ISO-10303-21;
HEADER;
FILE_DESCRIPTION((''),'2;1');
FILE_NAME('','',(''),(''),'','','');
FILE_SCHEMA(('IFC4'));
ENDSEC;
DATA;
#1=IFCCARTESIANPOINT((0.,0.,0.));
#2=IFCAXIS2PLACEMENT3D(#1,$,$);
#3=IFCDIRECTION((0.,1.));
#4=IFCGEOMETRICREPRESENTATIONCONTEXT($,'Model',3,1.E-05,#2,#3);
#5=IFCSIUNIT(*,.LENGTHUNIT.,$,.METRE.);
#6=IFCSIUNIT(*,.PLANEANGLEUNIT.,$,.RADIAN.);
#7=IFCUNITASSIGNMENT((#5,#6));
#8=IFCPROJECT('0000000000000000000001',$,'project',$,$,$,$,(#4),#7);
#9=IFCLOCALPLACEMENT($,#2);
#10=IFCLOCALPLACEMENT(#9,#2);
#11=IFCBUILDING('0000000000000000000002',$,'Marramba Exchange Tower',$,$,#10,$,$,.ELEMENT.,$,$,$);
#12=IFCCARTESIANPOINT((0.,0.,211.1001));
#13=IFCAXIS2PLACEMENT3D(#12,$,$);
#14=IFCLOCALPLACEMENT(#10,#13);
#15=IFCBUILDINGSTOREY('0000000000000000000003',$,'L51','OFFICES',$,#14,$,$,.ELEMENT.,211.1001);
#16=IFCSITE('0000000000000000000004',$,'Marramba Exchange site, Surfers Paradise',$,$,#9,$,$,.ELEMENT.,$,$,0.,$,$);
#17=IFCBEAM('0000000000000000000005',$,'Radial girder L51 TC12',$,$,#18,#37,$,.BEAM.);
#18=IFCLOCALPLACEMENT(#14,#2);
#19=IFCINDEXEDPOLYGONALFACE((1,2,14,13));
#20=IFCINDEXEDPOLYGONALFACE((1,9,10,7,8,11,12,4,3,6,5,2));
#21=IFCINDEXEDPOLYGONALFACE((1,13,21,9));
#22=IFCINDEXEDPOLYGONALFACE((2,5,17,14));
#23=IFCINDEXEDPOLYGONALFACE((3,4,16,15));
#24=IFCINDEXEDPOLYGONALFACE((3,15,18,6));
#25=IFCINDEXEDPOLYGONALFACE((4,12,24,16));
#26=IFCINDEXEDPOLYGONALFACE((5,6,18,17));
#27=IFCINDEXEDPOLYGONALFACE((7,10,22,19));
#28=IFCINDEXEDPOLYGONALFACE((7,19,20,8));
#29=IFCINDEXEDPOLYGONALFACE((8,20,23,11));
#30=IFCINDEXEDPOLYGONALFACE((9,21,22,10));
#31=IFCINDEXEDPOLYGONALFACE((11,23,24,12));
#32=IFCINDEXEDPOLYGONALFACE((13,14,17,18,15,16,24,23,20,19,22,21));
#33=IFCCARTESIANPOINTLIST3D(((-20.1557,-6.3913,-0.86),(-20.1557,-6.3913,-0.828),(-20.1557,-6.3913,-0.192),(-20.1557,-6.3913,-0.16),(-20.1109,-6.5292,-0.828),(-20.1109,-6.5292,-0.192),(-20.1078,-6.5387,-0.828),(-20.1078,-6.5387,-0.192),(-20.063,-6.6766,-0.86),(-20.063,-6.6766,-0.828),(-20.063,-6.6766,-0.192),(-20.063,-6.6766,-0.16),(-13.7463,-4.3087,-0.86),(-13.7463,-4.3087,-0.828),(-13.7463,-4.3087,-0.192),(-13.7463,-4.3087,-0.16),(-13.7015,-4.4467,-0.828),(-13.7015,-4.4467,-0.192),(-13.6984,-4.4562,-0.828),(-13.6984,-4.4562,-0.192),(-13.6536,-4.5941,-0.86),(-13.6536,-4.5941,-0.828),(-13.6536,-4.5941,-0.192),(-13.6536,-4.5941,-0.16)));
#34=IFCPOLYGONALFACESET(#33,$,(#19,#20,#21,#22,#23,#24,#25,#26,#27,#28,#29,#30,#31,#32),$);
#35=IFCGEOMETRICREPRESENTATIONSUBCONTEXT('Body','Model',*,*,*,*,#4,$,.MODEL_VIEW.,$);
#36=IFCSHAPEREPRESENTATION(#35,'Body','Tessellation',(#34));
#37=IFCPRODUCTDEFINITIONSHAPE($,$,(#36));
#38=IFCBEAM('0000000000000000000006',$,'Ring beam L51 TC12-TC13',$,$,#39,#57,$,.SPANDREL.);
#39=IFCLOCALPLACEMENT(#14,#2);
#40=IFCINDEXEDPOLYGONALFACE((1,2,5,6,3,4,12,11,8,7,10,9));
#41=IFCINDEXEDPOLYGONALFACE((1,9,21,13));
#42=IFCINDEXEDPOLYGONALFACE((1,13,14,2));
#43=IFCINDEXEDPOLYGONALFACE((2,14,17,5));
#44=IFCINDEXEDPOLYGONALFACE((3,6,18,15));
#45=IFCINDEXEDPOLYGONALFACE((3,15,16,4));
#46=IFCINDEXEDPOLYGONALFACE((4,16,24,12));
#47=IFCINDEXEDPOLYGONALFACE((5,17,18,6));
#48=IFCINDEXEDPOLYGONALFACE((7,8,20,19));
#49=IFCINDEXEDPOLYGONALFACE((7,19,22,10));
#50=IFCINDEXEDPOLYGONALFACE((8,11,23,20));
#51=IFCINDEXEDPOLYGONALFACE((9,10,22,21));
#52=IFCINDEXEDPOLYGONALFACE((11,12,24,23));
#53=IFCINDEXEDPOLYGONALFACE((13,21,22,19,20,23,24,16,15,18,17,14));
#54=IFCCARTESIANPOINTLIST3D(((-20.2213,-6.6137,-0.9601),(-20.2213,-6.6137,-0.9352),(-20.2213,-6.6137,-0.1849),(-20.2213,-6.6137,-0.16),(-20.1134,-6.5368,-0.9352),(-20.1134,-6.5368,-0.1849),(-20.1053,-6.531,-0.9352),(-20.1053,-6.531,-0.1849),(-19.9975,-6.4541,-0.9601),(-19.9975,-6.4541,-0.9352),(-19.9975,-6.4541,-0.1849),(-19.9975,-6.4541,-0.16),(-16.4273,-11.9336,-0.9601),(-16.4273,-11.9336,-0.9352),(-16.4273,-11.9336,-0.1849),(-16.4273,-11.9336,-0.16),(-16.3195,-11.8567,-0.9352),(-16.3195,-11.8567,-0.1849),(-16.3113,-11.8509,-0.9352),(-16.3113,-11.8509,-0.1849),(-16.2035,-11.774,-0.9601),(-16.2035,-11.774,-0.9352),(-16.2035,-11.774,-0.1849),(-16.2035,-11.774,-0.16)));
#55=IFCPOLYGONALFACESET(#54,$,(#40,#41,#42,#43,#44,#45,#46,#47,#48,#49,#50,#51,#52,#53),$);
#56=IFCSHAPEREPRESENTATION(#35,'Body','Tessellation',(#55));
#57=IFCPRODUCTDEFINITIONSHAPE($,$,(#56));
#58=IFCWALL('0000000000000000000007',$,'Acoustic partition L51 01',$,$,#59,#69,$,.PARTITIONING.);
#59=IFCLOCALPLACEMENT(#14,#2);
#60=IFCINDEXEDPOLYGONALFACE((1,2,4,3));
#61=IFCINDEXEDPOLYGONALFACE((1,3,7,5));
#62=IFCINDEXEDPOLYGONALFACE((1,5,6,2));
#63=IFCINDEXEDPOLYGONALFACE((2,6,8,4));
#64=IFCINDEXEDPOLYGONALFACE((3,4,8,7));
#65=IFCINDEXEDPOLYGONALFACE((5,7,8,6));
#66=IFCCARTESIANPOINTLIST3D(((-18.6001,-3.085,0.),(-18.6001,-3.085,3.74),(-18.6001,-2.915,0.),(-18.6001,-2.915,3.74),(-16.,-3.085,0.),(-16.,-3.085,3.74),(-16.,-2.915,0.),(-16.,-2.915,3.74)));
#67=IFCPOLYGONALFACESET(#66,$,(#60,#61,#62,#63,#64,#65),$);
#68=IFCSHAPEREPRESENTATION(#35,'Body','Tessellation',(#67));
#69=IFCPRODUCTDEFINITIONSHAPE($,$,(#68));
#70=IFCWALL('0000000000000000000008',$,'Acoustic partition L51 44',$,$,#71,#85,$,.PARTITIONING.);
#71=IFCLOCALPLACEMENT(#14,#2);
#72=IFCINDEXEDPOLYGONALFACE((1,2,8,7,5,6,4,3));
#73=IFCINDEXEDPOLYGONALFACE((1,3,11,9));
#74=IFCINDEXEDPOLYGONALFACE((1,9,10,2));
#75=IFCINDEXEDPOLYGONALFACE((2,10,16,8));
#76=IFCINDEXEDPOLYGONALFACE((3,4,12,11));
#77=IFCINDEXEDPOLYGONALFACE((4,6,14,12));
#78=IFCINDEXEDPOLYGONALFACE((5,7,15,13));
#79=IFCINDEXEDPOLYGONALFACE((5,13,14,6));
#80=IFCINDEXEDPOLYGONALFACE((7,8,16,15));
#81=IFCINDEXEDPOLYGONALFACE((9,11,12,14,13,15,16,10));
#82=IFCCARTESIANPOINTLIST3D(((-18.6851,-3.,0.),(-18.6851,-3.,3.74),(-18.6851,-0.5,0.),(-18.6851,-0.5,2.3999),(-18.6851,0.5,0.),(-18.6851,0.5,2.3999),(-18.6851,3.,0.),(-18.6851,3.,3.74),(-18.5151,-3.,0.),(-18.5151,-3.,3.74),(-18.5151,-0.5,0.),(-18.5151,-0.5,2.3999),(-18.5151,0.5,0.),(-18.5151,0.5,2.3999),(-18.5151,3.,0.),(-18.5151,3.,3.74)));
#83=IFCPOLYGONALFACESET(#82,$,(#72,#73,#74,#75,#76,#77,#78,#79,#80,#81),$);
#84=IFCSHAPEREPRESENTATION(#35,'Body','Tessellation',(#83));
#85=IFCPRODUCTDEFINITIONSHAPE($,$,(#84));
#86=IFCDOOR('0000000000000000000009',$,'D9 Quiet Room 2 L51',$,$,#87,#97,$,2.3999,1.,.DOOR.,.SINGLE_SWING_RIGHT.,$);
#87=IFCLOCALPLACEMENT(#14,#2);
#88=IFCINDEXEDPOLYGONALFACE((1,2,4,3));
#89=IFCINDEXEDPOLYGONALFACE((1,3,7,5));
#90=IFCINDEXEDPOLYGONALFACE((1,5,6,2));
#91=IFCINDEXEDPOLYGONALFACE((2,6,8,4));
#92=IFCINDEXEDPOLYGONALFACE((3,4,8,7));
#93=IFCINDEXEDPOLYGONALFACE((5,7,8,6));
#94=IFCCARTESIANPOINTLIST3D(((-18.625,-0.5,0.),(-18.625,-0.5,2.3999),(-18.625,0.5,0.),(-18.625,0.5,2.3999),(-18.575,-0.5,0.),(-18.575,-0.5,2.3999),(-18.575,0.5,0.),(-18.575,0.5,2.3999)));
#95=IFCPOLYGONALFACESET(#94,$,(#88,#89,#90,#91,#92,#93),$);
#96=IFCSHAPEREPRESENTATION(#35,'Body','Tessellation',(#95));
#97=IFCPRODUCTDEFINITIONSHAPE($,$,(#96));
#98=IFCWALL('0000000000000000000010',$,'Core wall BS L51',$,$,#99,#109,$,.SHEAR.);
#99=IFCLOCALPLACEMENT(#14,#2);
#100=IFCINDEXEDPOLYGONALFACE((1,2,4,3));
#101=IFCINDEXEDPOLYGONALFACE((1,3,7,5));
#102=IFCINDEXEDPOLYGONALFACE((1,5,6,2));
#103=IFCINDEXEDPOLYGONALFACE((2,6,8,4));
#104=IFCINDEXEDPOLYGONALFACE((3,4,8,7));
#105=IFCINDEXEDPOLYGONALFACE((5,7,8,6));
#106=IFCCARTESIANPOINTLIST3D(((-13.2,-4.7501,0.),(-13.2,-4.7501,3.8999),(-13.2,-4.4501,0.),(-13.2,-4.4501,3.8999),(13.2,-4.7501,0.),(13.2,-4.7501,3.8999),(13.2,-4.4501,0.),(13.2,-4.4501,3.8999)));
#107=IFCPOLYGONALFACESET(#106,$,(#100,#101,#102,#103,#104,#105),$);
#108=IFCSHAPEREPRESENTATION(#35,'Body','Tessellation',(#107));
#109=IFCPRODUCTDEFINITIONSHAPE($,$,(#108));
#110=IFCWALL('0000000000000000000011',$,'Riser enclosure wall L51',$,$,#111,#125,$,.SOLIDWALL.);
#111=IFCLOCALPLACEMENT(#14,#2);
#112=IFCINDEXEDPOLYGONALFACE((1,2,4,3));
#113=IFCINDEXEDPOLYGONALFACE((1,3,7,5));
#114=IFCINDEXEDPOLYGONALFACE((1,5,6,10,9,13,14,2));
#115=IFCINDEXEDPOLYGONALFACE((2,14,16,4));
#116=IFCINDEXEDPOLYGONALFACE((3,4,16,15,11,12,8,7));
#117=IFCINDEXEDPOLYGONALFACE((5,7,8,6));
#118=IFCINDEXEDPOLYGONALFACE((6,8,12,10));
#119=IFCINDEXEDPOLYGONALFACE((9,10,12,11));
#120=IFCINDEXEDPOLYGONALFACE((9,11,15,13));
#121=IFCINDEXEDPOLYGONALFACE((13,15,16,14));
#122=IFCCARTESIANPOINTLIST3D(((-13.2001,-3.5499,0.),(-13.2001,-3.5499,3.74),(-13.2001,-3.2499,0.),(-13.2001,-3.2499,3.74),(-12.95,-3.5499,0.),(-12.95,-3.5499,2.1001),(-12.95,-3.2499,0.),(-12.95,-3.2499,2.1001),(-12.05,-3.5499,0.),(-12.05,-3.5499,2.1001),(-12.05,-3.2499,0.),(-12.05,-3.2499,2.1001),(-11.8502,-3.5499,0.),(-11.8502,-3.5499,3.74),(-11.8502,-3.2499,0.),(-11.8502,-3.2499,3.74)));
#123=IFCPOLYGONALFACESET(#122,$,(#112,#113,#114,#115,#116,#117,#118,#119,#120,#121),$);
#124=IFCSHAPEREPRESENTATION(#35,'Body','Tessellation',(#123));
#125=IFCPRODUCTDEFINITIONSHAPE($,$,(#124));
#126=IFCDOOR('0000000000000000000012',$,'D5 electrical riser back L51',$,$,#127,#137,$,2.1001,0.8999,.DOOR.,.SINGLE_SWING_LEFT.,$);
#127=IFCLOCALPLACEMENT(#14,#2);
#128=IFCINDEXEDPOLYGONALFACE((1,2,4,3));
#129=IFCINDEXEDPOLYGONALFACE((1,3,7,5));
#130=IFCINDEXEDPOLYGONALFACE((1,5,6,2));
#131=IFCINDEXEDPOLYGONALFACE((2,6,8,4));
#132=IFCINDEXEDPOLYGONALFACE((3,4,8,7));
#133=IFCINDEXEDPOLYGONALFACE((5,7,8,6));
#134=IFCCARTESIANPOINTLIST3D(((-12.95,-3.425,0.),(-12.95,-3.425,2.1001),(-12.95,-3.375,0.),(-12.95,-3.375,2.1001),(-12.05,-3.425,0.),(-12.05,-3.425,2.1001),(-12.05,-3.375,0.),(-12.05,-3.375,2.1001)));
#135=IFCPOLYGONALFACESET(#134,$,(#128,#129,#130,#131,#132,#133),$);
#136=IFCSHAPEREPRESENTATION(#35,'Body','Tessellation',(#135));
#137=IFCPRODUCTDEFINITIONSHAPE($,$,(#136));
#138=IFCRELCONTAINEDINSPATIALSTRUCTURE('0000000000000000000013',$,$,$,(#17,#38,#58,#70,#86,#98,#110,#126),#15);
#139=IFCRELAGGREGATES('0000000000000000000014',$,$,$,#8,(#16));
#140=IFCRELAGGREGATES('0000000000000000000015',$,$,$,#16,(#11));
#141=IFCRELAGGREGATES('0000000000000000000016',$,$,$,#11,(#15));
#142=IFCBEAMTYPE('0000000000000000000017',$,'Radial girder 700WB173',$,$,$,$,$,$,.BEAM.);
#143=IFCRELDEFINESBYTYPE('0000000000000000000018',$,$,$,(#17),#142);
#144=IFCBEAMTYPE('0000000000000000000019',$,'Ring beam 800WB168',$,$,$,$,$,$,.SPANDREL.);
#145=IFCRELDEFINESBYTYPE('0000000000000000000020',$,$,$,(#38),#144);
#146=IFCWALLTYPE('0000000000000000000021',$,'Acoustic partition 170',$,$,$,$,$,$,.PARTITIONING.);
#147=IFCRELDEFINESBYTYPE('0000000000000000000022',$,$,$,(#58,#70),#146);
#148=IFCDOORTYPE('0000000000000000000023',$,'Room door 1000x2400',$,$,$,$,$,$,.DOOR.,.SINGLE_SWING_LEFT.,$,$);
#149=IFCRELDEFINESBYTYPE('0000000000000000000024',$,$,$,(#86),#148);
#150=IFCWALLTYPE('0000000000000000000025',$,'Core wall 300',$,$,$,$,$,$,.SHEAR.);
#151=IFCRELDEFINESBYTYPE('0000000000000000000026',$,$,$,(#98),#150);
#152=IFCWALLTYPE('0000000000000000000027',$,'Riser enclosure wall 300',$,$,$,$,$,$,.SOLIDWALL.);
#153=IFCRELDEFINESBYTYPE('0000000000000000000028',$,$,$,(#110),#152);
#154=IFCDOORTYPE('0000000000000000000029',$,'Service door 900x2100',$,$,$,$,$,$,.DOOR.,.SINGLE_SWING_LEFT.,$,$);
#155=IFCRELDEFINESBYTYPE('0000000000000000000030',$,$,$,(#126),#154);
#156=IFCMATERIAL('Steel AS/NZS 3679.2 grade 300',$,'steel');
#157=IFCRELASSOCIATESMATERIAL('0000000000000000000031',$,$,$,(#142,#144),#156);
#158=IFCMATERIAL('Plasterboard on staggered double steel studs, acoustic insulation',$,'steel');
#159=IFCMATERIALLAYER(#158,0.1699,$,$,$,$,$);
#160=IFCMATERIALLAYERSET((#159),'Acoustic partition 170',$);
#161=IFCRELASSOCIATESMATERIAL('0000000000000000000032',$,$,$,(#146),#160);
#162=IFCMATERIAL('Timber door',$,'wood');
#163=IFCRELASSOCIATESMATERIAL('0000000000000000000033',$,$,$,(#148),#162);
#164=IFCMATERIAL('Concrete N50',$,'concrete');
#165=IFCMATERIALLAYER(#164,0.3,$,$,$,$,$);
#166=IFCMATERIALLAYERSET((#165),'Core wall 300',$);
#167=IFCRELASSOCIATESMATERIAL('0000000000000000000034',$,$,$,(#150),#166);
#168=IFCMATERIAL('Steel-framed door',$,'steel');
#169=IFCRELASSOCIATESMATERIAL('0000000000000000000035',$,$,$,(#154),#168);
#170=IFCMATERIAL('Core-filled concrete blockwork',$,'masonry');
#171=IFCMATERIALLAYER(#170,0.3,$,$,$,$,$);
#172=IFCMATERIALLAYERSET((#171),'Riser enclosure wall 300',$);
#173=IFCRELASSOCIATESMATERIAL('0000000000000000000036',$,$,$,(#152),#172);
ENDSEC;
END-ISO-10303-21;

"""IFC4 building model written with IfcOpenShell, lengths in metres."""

from ifc_helpers import new_model, si_unit, direction, frame, frame_2d, origin, origin_2d, place, context, subcontext, project, spatial, rectangle, i_section, extrude, material, layer, layer_set, material_profile, profile_set, type_object, element, fill, save


model = new_model("IFC4")

# Units and contexts
model_context = context("Model", 3, precision=1e-05, world=origin(), true_north=direction((0.0, 1.0)))
body_context = subcontext(model_context, "Body", "Model", "MODEL_VIEW")
ifc_project = project(units=[si_unit("LENGTHUNIT", "METRE"), si_unit("PLANEANGLEUNIT", "RADIAN")], contexts=[model_context])

# Site, building, storey
site_placement = place(None, origin())
site = spatial("IfcSite", under=ifc_project, at=site_placement, Name="Marramba Exchange site, Surfers Paradise", CompositionType="ELEMENT", RefElevation=0.0)
building_placement = place(site_placement, origin())
building = spatial("IfcBuilding", under=site, at=building_placement, Name="Marramba Exchange Tower", CompositionType="ELEMENT")
storey_placement = place(building_placement, frame((0.0, 0.0, 211.1001)))
storey = spatial("IfcBuildingStorey", under=building, at=storey_placement, Name="L51", Description="OFFICES", CompositionType="ELEMENT", Elevation=211.1001)

# Shared definitions
ifc_material_1 = material(Name="Concrete N50", Category="concrete")

# Beams
ifc_material_2 = material(Name="Steel AS/NZS 3679.2 grade 300", Category="steel")
ifc_material_profile_1 = material_profile(ifc_material_2, i_section(OverallWidth=0.3, OverallDepth=0.7, WebThickness=0.01, FlangeThickness=0.032, at=origin_2d()), Name="700WB173")
ifc_profile_set_1 = profile_set([ifc_material_profile_1], Name="Steel AS/NZS 3679.2 grade 300")
beam_type_1 = type_object("IfcBeamType", Name="Radial girder 700WB173", PredefinedType="BEAM", material=ifc_profile_set_1)
beam_1_placement = place(storey_placement, frame((-13.7, -4.4514, -0.51), z_axis=(-0.951058, -0.309013, 0.0), x_axis=(0.309013, -0.951058, 0.0)))
element("IfcBeam", 1, at=beam_1_placement, inside=storey, type_object=beam_type_1, Name="Radial girder L51 TC12", PredefinedType="BEAM", context=body_context, shape_type="SweptSolid", body=[
    extrude(i_section(OverallWidth=0.3, OverallDepth=0.7, WebThickness=0.01, FlangeThickness=0.032, at=origin_2d()), origin(), (0.0, 0.0, 1.0), 6.7393),
])
ifc_material_profile_2 = material_profile(ifc_material_2, i_section(OverallWidth=0.2749, OverallDepth=0.8, WebThickness=0.01, FlangeThickness=0.0249, at=origin_2d()), Name="800WB168")
ifc_profile_set_2 = profile_set([ifc_material_profile_2], Name="Steel AS/NZS 3679.2 grade 300")
beam_type_2 = type_object("IfcBeamType", Name="Ring beam 800WB168", PredefinedType="SPANDREL", material=ifc_profile_set_2)
beam_2_placement = place(storey_placement, frame((-20.1094, -6.5339, -0.5601), z_axis=(0.580637, -0.814162, 0.0), x_axis=(0.814162, 0.580637, 0.0)))
element("IfcBeam", 2, at=beam_2_placement, inside=storey, type_object=beam_type_2, Name="Ring beam L51 TC12-TC13", PredefinedType="SPANDREL", context=body_context, shape_type="SweptSolid", body=[
    extrude(i_section(OverallWidth=0.2749, OverallDepth=0.8, WebThickness=0.01, FlangeThickness=0.0249, at=origin_2d()), origin(), (0.0, 0.0, 1.0), 6.5342),
])

# Wall
ifc_material_3 = material(Name="Plasterboard on staggered double steel studs, acoustic insulation", Category="steel")
ifc_layer_1 = layer(ifc_material_3, 0.1699)
ifc_layer_set_1 = layer_set([ifc_layer_1], Name="Acoustic partition 170")
wall_type_1 = type_object("IfcWallType", Name="Acoustic partition 170", PredefinedType="PARTITIONING", material=ifc_layer_set_1)
wall_1_placement = place(storey_placement, frame((-16.0, -3.0, 0.0), z_axis=(0.0, 0.0, 1.0), x_axis=(-1.0, 0.0, 0.0)))
element("IfcWall", 3, at=wall_1_placement, inside=storey, type_object=wall_type_1, Name="Acoustic partition L51 01", PredefinedType="PARTITIONING", context=body_context, shape_type="SweptSolid", body=[
    extrude(rectangle(XDim=2.6001, YDim=0.1699, at=frame_2d((1.3, 0.0))), origin(), (0.0, 0.0, 1.0), 3.74),
])

# Wall, opening, door
wall_2_placement = place(storey_placement, frame((-18.6001, -3.0, 0.0), z_axis=(0.0, 0.0, 1.0), x_axis=(0.0, 1.0, 0.0)))
wall_2 = element("IfcWall", 4, at=wall_2_placement, inside=storey, type_object=wall_type_1, Name="Acoustic partition L51 44", PredefinedType="PARTITIONING", context=body_context, shape_type="SweptSolid", body=[
    extrude(rectangle(XDim=6.0, YDim=0.1699, at=frame_2d((3.0, 0.0))), origin(), (0.0, 0.0, 1.0), 3.74),
])
opening_1_placement = place(wall_2_placement, frame((2.5, 0.0, 0.0)))
opening_1 = element("IfcOpeningElement", 5, at=opening_1_placement, cuts=wall_2, PredefinedType="OPENING", context=body_context, shape_type="SweptSolid", body=[
    extrude(rectangle(XDim=1.0, YDim=2.3999, at=frame_2d((0.5, 1.2))), frame((0.0, 0.095, 0.0), z_axis=(0.0, -1.0, 0.0), x_axis=(1.0, 0.0, 0.0)), (0.0, 0.0, 1.0), 0.1899),
])
ifc_material_4 = material(Name="Timber door", Category="wood")
door_type_1 = type_object("IfcDoorType", Name="Room door 1000x2400", OperationType="SINGLE_SWING_LEFT", PredefinedType="DOOR", material=ifc_material_4)
door_1_placement = place(opening_1_placement, frame((1.0, 0.0, 0.0), z_axis=(0.0, 0.0, 1.0), x_axis=(-1.0, 0.0, 0.0)))
door_1 = element("IfcDoor", 6, at=door_1_placement, inside=storey, type_object=door_type_1, Name="D9 Quiet Room 2 L51", OperationType="SINGLE_SWING_RIGHT", OverallHeight=2.3999, OverallWidth=1.0, PredefinedType="DOOR", context=body_context, shape_type="SweptSolid", body=[
    extrude(rectangle(XDim=1.0, YDim=2.3999, at=frame_2d((0.5, 1.2))), frame((0.0, 0.0251, 0.0), z_axis=(0.0, -1.0, 0.0), x_axis=(1.0, 0.0, 0.0)), (0.0, 0.0, 1.0), 0.05),
])
fill(opening_1, door_1)

# Shared definitions
ifc_layer_2 = layer(ifc_material_1, 0.3)
ifc_layer_set_2 = layer_set([ifc_layer_2], Name="Core wall 300")
wall_type_2 = type_object("IfcWallType", Name="Core wall 300", PredefinedType="SHEAR", material=ifc_layer_set_2)
ifc_material_5 = material(Name="Steel-framed door", Category="steel")
door_type_2 = type_object("IfcDoorType", Name="Service door 900x2100", OperationType="SINGLE_SWING_LEFT", PredefinedType="DOOR", material=ifc_material_5)

# Wall
wall_3_placement = place(storey_placement, frame((-13.2, -4.6001, 0.0), z_axis=(0.0, 0.0, 1.0), x_axis=(1.0, 0.0, 0.0)))
element("IfcWall", 7, at=wall_3_placement, inside=storey, type_object=wall_type_2, Name="Core wall BS L51", PredefinedType="SHEAR", context=body_context, shape_type="SweptSolid", body=[
    extrude(rectangle(XDim=26.3999, YDim=0.3, at=frame_2d((13.2, 0.0))), origin(), (0.0, 0.0, 1.0), 3.8999),
])

# Wall, opening, door
ifc_material_6 = material(Name="Core-filled concrete blockwork", Category="masonry")
ifc_layer_3 = layer(ifc_material_6, 0.3)
ifc_layer_set_3 = layer_set([ifc_layer_3], Name="Riser enclosure wall 300")
wall_type_3 = type_object("IfcWallType", Name="Riser enclosure wall 300", PredefinedType="SOLIDWALL", material=ifc_layer_set_3)
wall_4_placement = place(storey_placement, frame((-13.2, -3.3999, 0.0), z_axis=(0.0, 0.0, 1.0), x_axis=(1.0, 0.0, 0.0)))
wall_4 = element("IfcWall", 8, at=wall_4_placement, inside=storey, type_object=wall_type_3, Name="Riser enclosure wall L51", PredefinedType="SOLIDWALL", context=body_context, shape_type="SweptSolid", body=[
    extrude(rectangle(XDim=1.3499, YDim=0.3, at=frame_2d((0.6748, 0.0))), origin(), (0.0, 0.0, 1.0), 3.74),
])
opening_2_placement = place(wall_4_placement, frame((0.25, 0.0, 0.0)))
opening_2 = element("IfcOpeningElement", 9, at=opening_2_placement, cuts=wall_4, PredefinedType="OPENING", context=body_context, shape_type="SweptSolid", body=[
    extrude(rectangle(XDim=0.8999, YDim=2.1001, at=frame_2d((0.45, 1.05))), frame((0.0, 0.1599, 0.0), z_axis=(0.0, -1.0, 0.0), x_axis=(1.0, 0.0, 0.0)), (0.0, 0.0, 1.0), 0.3201),
])
door_2_placement = place(opening_2_placement, frame((0.8999, 0.0, 0.0), z_axis=(0.0, 0.0, 1.0), x_axis=(-1.0, 0.0, 0.0)))
door_2 = element("IfcDoor", 10, at=door_2_placement, inside=storey, type_object=door_type_2, Name="D5 electrical riser back L51", OperationType="SINGLE_SWING_LEFT", OverallHeight=2.1001, OverallWidth=0.8999, PredefinedType="DOOR", context=body_context, shape_type="SweptSolid", body=[
    extrude(rectangle(XDim=0.8999, YDim=2.1001, at=frame_2d((0.45, 1.05))), frame((0.0, 0.0251, 0.0), z_axis=(0.0, -1.0, 0.0), x_axis=(1.0, 0.0, 0.0)), (0.0, 0.0, 1.0), 0.05),
])
fill(opening_2, door_2)

save(model, "model.ifc")
